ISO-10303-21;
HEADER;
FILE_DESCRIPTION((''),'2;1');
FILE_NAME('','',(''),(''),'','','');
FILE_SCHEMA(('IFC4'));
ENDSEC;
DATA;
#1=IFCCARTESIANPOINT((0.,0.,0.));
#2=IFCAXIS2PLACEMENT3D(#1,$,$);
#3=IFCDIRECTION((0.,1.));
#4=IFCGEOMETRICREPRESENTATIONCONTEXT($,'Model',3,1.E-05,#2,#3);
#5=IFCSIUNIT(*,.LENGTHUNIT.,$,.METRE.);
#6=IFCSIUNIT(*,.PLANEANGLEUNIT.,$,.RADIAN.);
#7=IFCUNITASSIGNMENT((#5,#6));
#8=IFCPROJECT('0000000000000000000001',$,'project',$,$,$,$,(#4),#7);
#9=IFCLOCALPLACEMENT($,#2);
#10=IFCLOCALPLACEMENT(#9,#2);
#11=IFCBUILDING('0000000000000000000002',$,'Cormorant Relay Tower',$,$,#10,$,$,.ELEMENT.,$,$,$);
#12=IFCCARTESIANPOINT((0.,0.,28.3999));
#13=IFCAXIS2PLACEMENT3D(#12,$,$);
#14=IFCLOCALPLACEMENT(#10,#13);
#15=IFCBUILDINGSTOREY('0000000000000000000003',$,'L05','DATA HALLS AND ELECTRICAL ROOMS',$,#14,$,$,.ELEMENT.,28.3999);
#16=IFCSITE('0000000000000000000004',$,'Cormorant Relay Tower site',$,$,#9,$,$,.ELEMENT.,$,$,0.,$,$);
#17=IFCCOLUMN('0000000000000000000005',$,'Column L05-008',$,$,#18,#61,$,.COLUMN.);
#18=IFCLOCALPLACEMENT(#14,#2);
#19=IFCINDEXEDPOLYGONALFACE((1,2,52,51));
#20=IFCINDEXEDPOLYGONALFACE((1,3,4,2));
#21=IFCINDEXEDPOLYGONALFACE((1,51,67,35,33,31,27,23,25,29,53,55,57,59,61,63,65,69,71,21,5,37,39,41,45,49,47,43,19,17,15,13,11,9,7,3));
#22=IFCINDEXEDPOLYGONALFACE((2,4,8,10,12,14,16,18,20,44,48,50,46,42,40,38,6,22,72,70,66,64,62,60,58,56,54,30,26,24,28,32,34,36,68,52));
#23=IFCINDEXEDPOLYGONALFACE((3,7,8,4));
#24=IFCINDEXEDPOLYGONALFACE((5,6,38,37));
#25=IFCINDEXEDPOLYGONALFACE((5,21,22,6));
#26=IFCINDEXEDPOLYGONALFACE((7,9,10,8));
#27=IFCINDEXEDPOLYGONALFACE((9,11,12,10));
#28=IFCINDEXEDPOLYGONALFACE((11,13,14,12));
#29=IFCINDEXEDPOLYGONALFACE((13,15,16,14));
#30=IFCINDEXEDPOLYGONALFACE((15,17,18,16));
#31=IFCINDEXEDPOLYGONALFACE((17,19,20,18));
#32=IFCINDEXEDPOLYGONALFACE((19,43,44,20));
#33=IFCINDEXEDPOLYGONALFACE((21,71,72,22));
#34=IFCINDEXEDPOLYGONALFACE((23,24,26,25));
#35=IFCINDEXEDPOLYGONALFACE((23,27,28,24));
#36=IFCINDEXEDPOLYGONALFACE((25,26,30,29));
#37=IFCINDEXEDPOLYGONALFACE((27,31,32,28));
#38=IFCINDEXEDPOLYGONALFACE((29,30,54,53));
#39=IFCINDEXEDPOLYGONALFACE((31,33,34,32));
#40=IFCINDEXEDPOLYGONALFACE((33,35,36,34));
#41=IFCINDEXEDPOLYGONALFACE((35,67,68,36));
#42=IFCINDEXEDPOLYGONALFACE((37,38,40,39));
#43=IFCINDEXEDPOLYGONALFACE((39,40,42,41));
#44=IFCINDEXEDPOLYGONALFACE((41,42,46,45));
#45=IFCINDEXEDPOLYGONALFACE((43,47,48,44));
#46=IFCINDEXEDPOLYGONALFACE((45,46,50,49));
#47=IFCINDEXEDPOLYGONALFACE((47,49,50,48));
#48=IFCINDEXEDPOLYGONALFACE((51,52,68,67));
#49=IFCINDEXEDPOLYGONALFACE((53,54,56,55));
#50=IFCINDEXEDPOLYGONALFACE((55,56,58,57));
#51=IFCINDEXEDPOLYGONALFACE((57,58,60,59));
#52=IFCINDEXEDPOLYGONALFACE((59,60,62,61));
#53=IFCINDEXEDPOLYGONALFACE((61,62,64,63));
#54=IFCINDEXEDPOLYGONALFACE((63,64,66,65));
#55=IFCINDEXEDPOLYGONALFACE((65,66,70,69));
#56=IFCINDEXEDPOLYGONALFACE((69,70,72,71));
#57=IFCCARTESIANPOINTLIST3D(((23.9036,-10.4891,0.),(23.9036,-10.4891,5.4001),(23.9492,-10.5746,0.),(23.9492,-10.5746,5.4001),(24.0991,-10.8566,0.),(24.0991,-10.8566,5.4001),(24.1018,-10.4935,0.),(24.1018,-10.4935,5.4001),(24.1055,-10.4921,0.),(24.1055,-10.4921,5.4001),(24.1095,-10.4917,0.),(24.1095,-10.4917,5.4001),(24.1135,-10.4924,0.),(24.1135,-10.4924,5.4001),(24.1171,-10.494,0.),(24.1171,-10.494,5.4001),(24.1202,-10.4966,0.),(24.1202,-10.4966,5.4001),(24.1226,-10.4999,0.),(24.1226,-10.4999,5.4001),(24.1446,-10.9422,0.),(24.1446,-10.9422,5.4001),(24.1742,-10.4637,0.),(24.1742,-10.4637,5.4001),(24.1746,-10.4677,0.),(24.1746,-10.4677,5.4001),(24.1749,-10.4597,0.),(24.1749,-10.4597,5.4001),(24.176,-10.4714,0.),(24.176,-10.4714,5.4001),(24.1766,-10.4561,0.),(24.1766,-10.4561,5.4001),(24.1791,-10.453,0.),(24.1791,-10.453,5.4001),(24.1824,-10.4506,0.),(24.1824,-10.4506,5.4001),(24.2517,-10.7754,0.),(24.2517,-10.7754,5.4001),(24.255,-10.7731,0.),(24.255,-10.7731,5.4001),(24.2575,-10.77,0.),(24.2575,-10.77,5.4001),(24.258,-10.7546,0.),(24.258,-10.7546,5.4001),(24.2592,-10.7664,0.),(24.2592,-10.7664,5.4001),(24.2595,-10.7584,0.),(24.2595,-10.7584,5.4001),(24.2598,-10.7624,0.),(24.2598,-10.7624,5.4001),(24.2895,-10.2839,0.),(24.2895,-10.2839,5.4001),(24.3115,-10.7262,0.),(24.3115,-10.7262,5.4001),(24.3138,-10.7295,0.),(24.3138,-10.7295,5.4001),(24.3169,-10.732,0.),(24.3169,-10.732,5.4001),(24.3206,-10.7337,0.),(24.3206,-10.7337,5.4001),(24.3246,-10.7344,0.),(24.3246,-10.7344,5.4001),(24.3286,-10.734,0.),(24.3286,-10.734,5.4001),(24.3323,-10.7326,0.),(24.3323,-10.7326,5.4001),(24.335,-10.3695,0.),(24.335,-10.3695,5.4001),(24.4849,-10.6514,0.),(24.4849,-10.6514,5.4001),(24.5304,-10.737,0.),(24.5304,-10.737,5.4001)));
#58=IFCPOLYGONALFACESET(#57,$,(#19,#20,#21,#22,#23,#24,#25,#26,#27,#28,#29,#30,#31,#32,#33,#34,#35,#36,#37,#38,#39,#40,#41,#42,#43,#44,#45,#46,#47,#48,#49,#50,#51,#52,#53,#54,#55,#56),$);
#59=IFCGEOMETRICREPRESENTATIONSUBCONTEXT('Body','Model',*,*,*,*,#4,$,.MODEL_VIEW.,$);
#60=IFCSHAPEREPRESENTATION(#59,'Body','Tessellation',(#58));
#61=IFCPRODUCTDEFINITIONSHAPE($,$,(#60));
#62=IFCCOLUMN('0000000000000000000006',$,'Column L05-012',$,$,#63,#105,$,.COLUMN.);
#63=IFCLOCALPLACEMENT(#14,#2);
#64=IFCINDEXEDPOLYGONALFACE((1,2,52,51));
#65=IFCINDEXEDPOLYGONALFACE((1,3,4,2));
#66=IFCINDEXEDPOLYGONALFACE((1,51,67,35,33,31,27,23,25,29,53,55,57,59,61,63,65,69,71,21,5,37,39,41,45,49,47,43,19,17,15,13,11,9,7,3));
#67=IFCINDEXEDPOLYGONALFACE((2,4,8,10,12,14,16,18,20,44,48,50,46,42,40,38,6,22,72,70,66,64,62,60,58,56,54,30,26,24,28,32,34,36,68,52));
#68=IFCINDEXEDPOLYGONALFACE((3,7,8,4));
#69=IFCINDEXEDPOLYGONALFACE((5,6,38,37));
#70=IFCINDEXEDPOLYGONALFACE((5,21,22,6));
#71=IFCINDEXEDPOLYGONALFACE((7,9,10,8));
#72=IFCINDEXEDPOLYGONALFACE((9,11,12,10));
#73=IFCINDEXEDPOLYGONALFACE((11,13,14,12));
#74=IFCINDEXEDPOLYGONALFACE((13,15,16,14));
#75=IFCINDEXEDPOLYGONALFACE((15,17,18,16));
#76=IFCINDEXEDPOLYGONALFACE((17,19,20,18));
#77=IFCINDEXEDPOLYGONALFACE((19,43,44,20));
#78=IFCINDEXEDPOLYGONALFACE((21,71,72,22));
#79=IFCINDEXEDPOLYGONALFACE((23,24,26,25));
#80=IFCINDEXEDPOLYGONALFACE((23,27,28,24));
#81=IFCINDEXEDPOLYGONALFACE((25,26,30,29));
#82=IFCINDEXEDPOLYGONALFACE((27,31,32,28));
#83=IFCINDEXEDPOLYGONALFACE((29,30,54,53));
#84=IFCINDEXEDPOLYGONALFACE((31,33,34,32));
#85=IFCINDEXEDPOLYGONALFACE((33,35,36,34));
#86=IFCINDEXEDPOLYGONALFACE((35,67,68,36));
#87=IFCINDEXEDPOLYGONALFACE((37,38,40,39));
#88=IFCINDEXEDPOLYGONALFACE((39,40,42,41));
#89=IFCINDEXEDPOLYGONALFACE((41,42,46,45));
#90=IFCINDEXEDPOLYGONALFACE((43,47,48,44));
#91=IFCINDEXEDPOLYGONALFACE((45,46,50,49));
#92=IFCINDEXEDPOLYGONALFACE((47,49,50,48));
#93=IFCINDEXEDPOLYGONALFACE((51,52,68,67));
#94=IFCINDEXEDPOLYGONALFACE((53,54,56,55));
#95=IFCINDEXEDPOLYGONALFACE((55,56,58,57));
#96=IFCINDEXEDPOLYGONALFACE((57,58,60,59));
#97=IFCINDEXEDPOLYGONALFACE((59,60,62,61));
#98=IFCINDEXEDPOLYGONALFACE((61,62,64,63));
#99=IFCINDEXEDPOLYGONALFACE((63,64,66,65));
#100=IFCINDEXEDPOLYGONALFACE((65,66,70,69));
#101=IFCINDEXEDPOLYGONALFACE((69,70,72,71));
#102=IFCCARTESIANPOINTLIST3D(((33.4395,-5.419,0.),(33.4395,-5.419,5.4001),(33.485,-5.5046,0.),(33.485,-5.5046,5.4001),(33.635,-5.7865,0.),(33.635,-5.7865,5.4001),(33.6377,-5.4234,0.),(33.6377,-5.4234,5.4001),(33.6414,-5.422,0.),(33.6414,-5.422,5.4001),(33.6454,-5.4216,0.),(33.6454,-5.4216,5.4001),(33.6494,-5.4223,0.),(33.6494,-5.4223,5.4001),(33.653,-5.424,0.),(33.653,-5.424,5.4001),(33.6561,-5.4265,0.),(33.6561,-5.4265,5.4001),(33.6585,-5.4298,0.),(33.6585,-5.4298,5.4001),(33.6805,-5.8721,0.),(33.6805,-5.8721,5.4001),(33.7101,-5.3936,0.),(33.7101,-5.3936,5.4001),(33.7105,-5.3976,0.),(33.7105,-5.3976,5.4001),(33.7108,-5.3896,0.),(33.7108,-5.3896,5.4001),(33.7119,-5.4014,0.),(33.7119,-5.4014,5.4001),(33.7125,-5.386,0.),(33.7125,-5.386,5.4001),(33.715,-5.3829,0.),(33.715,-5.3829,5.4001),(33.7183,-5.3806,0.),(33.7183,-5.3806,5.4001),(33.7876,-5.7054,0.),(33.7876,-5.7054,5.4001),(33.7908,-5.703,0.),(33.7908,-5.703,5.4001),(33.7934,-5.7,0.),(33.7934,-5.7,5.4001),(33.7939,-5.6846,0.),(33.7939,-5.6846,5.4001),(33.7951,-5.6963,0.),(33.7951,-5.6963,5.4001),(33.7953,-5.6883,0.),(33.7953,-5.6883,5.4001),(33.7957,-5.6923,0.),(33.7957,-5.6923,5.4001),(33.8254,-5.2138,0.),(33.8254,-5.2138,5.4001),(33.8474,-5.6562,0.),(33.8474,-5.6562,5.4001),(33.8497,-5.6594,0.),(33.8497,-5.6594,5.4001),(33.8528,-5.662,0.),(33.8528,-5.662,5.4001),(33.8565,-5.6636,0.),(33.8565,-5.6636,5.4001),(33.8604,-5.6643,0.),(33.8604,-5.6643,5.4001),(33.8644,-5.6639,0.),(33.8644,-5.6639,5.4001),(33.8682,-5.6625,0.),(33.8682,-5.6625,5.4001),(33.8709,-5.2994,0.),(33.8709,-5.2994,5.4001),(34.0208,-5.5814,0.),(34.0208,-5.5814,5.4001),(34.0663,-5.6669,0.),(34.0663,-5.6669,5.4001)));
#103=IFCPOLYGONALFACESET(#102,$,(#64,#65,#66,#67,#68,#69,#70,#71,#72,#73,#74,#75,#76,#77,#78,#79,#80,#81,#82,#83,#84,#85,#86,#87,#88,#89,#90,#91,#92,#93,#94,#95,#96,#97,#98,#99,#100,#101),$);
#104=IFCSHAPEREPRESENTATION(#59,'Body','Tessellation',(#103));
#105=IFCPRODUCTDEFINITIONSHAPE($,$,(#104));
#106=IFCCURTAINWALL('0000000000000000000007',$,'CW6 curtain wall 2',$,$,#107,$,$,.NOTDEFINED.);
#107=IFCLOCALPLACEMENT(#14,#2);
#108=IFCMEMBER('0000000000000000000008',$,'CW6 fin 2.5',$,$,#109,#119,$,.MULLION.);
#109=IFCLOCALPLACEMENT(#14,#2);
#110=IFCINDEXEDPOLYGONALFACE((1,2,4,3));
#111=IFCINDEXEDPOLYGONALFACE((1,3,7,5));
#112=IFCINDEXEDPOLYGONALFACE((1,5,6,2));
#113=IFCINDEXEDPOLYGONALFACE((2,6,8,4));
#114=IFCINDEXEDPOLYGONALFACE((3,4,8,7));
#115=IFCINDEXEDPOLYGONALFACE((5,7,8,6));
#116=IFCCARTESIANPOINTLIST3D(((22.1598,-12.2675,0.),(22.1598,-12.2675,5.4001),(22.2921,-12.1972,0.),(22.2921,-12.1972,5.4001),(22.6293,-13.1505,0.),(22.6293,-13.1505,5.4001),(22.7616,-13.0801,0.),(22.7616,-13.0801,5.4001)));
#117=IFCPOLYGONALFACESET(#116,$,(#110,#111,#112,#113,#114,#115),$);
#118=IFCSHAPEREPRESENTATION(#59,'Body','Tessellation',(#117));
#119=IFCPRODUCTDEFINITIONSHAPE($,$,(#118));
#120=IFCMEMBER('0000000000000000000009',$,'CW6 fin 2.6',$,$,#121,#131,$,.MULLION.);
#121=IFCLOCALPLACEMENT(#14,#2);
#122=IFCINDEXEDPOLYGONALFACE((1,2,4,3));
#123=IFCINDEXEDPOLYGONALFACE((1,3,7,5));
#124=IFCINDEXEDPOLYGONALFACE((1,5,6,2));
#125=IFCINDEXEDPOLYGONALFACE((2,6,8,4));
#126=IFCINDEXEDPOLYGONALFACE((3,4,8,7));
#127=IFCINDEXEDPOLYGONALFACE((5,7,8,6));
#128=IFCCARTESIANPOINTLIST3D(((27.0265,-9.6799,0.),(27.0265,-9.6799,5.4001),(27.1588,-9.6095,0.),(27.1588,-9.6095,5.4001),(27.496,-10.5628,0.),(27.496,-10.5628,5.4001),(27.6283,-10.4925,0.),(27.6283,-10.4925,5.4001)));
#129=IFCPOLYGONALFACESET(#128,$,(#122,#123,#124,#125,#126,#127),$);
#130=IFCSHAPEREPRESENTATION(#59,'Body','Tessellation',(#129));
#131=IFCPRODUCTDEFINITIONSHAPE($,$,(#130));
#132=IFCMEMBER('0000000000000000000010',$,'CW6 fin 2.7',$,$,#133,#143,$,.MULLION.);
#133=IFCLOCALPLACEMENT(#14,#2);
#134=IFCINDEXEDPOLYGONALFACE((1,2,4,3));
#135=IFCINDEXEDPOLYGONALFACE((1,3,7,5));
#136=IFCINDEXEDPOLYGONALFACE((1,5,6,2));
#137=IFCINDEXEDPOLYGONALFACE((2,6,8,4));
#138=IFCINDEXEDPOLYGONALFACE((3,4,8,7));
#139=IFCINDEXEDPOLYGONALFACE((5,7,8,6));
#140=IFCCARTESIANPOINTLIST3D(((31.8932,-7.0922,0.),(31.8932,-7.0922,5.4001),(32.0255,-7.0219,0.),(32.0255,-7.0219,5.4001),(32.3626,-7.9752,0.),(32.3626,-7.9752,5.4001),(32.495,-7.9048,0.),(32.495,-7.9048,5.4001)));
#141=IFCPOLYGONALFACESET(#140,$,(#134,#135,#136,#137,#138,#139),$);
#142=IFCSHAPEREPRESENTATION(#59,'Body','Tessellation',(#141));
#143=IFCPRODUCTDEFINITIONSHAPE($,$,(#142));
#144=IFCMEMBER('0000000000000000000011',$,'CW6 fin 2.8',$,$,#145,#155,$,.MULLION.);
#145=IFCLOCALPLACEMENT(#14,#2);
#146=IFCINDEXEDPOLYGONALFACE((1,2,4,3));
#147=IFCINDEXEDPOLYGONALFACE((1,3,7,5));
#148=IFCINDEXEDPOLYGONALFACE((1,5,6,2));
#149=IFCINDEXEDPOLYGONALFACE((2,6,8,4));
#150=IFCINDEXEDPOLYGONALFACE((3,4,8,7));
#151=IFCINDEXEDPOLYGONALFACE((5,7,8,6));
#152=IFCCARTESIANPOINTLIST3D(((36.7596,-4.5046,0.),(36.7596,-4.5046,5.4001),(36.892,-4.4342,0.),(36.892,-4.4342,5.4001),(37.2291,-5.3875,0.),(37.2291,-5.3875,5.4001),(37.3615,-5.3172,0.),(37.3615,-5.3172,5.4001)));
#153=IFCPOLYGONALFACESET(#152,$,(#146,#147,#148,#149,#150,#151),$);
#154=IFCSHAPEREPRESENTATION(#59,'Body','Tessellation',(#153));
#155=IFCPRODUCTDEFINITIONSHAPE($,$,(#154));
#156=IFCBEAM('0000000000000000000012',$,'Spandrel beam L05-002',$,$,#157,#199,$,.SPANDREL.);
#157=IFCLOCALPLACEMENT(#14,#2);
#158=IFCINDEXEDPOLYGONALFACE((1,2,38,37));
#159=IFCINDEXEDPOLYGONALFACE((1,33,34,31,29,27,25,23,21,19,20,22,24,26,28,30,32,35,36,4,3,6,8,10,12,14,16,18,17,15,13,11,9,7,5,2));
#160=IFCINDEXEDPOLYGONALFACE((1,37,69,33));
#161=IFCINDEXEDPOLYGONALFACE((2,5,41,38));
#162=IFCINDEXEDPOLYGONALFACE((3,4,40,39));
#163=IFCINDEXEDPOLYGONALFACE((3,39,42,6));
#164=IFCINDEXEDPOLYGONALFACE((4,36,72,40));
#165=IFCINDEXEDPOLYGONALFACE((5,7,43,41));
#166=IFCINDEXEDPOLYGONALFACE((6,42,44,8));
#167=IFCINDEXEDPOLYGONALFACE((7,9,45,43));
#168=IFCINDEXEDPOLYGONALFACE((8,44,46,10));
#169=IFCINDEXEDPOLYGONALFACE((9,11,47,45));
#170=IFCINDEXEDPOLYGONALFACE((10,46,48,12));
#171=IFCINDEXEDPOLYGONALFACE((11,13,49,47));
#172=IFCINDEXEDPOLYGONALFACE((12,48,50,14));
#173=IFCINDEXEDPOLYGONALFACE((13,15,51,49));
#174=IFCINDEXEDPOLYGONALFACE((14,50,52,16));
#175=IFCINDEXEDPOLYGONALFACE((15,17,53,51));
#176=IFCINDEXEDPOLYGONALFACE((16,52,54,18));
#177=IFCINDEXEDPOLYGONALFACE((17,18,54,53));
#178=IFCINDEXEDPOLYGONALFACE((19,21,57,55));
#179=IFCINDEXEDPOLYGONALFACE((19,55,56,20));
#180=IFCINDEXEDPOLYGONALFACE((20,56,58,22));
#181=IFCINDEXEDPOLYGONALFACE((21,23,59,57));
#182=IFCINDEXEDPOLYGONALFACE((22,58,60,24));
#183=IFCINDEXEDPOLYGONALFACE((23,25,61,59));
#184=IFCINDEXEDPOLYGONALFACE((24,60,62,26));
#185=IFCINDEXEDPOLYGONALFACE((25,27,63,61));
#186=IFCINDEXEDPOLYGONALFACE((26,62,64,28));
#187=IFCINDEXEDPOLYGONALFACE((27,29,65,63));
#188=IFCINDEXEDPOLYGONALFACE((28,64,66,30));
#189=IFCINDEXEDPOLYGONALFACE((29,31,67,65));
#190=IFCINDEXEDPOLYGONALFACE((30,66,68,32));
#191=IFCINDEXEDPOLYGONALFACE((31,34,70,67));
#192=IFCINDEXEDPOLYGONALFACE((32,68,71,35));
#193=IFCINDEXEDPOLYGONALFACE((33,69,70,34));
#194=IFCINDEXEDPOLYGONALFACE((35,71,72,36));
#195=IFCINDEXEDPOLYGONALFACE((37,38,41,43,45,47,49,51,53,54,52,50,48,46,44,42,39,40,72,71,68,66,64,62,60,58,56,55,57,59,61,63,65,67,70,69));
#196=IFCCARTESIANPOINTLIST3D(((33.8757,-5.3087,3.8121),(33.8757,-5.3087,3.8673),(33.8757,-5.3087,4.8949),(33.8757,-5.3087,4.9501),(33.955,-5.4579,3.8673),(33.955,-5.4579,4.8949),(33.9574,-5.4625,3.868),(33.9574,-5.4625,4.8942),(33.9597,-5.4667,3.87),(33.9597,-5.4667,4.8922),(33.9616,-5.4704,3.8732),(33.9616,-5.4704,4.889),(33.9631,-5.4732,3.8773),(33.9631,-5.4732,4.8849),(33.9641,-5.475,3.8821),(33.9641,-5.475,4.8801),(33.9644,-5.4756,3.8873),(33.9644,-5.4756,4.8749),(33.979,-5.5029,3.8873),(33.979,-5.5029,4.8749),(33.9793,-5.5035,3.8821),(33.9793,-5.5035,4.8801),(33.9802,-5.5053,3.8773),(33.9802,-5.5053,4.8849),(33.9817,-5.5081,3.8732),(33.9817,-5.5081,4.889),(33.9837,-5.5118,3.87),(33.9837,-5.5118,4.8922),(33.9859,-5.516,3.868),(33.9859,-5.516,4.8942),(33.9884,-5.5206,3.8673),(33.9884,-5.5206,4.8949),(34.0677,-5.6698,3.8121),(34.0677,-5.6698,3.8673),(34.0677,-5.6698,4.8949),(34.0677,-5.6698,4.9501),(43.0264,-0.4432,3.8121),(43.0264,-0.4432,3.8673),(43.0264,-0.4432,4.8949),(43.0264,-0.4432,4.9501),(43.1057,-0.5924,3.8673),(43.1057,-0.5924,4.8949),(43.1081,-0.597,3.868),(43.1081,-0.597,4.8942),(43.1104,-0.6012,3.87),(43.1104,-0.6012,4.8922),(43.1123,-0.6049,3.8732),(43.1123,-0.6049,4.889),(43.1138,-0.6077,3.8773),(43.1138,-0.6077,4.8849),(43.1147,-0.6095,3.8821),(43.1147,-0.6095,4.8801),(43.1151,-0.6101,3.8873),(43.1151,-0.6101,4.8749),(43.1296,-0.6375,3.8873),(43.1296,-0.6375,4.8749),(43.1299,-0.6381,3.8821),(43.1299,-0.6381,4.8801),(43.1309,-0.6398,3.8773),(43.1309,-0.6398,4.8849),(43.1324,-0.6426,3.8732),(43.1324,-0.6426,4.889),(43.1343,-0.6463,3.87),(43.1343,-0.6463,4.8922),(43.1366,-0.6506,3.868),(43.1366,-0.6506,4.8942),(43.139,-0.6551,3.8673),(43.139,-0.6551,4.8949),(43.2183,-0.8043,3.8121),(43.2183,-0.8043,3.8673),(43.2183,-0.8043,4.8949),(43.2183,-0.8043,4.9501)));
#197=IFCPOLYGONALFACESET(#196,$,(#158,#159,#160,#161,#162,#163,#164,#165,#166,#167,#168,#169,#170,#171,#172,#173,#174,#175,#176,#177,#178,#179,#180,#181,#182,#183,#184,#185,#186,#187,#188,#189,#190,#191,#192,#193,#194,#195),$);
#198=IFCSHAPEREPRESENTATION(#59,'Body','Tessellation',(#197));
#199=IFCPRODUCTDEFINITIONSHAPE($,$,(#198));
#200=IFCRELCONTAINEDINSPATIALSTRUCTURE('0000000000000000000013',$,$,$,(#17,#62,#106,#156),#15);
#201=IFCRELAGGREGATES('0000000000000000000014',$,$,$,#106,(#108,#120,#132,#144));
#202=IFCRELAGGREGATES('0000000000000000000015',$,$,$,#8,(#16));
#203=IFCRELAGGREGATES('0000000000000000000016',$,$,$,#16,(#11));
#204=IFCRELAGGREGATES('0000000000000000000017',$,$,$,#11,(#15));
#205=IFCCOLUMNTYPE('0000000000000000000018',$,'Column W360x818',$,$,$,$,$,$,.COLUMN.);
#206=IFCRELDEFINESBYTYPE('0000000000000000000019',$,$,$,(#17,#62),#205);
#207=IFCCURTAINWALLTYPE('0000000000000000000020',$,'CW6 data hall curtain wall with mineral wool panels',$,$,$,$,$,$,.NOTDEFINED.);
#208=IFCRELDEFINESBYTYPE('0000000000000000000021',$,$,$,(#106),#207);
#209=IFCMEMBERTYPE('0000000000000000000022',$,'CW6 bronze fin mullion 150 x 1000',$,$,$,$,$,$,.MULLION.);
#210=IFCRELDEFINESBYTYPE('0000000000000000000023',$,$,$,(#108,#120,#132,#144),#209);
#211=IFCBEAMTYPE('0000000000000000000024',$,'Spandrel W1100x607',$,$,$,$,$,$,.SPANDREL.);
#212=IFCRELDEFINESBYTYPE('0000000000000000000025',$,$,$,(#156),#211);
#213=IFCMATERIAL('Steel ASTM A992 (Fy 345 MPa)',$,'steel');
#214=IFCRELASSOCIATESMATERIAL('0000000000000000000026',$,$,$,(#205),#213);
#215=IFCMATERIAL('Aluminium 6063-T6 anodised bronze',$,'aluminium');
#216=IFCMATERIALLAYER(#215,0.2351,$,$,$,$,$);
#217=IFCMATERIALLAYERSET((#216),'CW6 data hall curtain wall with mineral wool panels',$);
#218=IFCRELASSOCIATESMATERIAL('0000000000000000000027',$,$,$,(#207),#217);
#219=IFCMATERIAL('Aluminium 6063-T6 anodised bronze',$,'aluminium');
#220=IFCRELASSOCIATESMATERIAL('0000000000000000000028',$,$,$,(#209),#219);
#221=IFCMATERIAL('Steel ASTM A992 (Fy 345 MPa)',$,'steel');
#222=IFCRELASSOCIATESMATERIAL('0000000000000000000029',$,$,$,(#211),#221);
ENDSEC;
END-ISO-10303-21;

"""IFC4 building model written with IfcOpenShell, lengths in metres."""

from ifc_helpers import new_model, si_unit, direction, frame, origin, origin_2d, place, context, subcontext, project, spatial, rectangle, i_section, extrude, material, layer, layer_set, material_profile, profile_set, type_object, element, aggregate, save


model = new_model("IFC4")

# Units and contexts
model_context = context("Model", 3, precision=1e-05, world=origin(), true_north=direction((0.0, 1.0)))
body_context = subcontext(model_context, "Body", "Model", "MODEL_VIEW")
ifc_project = project(units=[si_unit("LENGTHUNIT", "METRE"), si_unit("PLANEANGLEUNIT", "RADIAN")], contexts=[model_context])

# Site, building, storey
site_placement = place(None, origin())
site = spatial("IfcSite", under=ifc_project, at=site_placement, Name="Cormorant Relay Tower site", CompositionType="ELEMENT", RefElevation=0.0)
building_placement = place(site_placement, origin())
building = spatial("IfcBuilding", under=site, at=building_placement, Name="Cormorant Relay Tower", CompositionType="ELEMENT")
storey_placement = place(building_placement, frame((0.0, 0.0, 28.3999)))
storey = spatial("IfcBuildingStorey", under=building, at=storey_placement, Name="L05", Description="DATA HALLS AND ELECTRICAL ROOMS", CompositionType="ELEMENT", Elevation=28.3999)

# Columns
ifc_material_1 = material(Name="Steel ASTM A992 (Fy 345 MPa)", Category="steel")
ifc_material_profile_1 = material_profile(ifc_material_1, i_section(OverallWidth=0.437, OverallDepth=0.5132, WebThickness=0.0605, FlangeThickness=0.0969, FilletRadius=0.0154, at=origin_2d()), Name="W360x818")
ifc_profile_set_1 = profile_set([ifc_material_profile_1], Name="Steel ASTM A992 (Fy 345 MPa)")
column_type = type_object("IfcColumnType", Name="Column W360x818", PredefinedType="COLUMN", material=ifc_profile_set_1)
for number, where, z_axis, x_axis, name in (
    (1, (24.217, -10.613, 0.0), (0.0, 0.0, 1.0), (0.882948, 0.469472, 0.0), "Column L05-008"),
    (2, (33.7529, -5.543, 0.0), (0.0, 0.0, 1.0), (0.882948, 0.469472, 0.0), "Column L05-012"),
):
    element("IfcColumn", number, at=place(storey_placement, frame(where, z_axis=z_axis, x_axis=x_axis)), inside=storey, type_object=column_type, Name=name, PredefinedType="COLUMN", context=body_context, shape_type="SweptSolid", body=[
        extrude(i_section(OverallWidth=0.437, OverallDepth=0.5132, WebThickness=0.0605, FlangeThickness=0.0969, FilletRadius=0.0154, at=origin_2d()), origin(), (0.0, 0.0, 1.0), 5.4001),
    ])

# Curtain wall, members
ifc_material_2 = material(Name="Aluminium 6063-T6 anodised bronze", Category="aluminium")
ifc_layer_1 = layer(ifc_material_2, 0.2351)
ifc_layer_set_1 = layer_set([ifc_layer_1], Name="CW6 data hall curtain wall with mineral wool panels")
curtain_wall_type = type_object("IfcCurtainWallType", Name="CW6 data hall curtain wall with mineral wool panels", PredefinedType="NOTDEFINED", material=ifc_layer_set_1)
curtain_wall_placement = place(storey_placement, origin())
curtain_wall = element("IfcCurtainWall", 3, at=curtain_wall_placement, inside=storey, type_object=curtain_wall_type, Name="CW6 curtain wall 2", PredefinedType="NOTDEFINED")
ifc_material_3 = material(Name="Aluminium 6063-T6 anodised bronze", Category="aluminium")
ifc_material_profile_2 = material_profile(ifc_material_3, rectangle(XDim=0.1499, YDim=1.0, at=origin_2d()), Name="AL 150x1000")
ifc_profile_set_2 = profile_set([ifc_material_profile_2], Name="Aluminium 6063-T6 anodised bronze")
member_type = type_object("IfcMemberType", Name="CW6 bronze fin mullion 150 x 1000", PredefinedType="MULLION", material=ifc_profile_set_2)
member_1_placement = place(storey_placement, frame((22.4607, -12.6738, 0.0), z_axis=(0.0, 0.0, 1.0), x_axis=(0.882948, 0.469472, 0.0)))
member_1 = element("IfcMember", 4, at=member_1_placement, type_object=member_type, Name="CW6 fin 2.5", PredefinedType="MULLION", context=body_context, shape_type="SweptSolid", body=[
    extrude(rectangle(XDim=0.1499, YDim=1.0, at=origin_2d()), origin(), (0.0, 0.0, 1.0), 5.4001),
])
member_2_placement = place(storey_placement, frame((27.3274, -10.0862, 0.0), z_axis=(0.0, 0.0, 1.0), x_axis=(0.882948, 0.469472, 0.0)))
member_2 = element("IfcMember", 5, at=member_2_placement, type_object=member_type, Name="CW6 fin 2.6", PredefinedType="MULLION", context=body_context, shape_type="SweptSolid", body=[
    extrude(rectangle(XDim=0.1499, YDim=1.0, at=origin_2d()), origin(), (0.0, 0.0, 1.0), 5.4001),
])
member_3_placement = place(storey_placement, frame((32.1941, -7.4985, 0.0), z_axis=(0.0, 0.0, 1.0), x_axis=(0.882948, 0.469472, 0.0)))
member_3 = element("IfcMember", 6, at=member_3_placement, type_object=member_type, Name="CW6 fin 2.7", PredefinedType="MULLION", context=body_context, shape_type="SweptSolid", body=[
    extrude(rectangle(XDim=0.1499, YDim=1.0, at=origin_2d()), origin(), (0.0, 0.0, 1.0), 5.4001),
])
member_4_placement = place(storey_placement, frame((37.0605, -4.9109, 0.0), z_axis=(0.0, 0.0, 1.0), x_axis=(0.882948, 0.469472, 0.0)))
member_4 = element("IfcMember", 7, at=member_4_placement, type_object=member_type, Name="CW6 fin 2.8", PredefinedType="MULLION", context=body_context, shape_type="SweptSolid", body=[
    extrude(rectangle(XDim=0.1499, YDim=1.0, at=origin_2d()), origin(), (0.0, 0.0, 1.0), 5.4001),
])

# Beam
ifc_material_4 = material(Name="Steel ASTM A992 (Fy 345 MPa)", Category="steel")
ifc_material_profile_3 = material_profile(ifc_material_4, i_section(OverallWidth=0.4089, OverallDepth=1.1379, WebThickness=0.031, FlangeThickness=0.0552, FilletRadius=0.02, at=origin_2d()), Name="W1100x607")
ifc_profile_set_3 = profile_set([ifc_material_profile_3], Name="Steel ASTM A992 (Fy 345 MPa)")
beam_type = type_object("IfcBeamType", Name="Spandrel W1100x607", PredefinedType="SPANDREL", material=ifc_profile_set_3)
beam_placement = place(storey_placement, frame((33.9717, -5.4893, 4.3811), z_axis=(0.882948, 0.469472, 0.0), x_axis=(-0.469472, 0.882948, 0.0)))
element("IfcBeam", 8, at=beam_placement, inside=storey, type_object=beam_type, Name="Spandrel beam L05-002", PredefinedType="SPANDREL", context=body_context, shape_type="SweptSolid", body=[
    extrude(i_section(OverallWidth=0.4089, OverallDepth=1.1379, WebThickness=0.031, FlangeThickness=0.0552, FilletRadius=0.02, at=origin_2d()), origin(), (0.0, 0.0, 1.0), 10.3638),
])

aggregate(curtain_wall, [member_1, member_2, member_3, member_4])

save(model, "model.ifc")
